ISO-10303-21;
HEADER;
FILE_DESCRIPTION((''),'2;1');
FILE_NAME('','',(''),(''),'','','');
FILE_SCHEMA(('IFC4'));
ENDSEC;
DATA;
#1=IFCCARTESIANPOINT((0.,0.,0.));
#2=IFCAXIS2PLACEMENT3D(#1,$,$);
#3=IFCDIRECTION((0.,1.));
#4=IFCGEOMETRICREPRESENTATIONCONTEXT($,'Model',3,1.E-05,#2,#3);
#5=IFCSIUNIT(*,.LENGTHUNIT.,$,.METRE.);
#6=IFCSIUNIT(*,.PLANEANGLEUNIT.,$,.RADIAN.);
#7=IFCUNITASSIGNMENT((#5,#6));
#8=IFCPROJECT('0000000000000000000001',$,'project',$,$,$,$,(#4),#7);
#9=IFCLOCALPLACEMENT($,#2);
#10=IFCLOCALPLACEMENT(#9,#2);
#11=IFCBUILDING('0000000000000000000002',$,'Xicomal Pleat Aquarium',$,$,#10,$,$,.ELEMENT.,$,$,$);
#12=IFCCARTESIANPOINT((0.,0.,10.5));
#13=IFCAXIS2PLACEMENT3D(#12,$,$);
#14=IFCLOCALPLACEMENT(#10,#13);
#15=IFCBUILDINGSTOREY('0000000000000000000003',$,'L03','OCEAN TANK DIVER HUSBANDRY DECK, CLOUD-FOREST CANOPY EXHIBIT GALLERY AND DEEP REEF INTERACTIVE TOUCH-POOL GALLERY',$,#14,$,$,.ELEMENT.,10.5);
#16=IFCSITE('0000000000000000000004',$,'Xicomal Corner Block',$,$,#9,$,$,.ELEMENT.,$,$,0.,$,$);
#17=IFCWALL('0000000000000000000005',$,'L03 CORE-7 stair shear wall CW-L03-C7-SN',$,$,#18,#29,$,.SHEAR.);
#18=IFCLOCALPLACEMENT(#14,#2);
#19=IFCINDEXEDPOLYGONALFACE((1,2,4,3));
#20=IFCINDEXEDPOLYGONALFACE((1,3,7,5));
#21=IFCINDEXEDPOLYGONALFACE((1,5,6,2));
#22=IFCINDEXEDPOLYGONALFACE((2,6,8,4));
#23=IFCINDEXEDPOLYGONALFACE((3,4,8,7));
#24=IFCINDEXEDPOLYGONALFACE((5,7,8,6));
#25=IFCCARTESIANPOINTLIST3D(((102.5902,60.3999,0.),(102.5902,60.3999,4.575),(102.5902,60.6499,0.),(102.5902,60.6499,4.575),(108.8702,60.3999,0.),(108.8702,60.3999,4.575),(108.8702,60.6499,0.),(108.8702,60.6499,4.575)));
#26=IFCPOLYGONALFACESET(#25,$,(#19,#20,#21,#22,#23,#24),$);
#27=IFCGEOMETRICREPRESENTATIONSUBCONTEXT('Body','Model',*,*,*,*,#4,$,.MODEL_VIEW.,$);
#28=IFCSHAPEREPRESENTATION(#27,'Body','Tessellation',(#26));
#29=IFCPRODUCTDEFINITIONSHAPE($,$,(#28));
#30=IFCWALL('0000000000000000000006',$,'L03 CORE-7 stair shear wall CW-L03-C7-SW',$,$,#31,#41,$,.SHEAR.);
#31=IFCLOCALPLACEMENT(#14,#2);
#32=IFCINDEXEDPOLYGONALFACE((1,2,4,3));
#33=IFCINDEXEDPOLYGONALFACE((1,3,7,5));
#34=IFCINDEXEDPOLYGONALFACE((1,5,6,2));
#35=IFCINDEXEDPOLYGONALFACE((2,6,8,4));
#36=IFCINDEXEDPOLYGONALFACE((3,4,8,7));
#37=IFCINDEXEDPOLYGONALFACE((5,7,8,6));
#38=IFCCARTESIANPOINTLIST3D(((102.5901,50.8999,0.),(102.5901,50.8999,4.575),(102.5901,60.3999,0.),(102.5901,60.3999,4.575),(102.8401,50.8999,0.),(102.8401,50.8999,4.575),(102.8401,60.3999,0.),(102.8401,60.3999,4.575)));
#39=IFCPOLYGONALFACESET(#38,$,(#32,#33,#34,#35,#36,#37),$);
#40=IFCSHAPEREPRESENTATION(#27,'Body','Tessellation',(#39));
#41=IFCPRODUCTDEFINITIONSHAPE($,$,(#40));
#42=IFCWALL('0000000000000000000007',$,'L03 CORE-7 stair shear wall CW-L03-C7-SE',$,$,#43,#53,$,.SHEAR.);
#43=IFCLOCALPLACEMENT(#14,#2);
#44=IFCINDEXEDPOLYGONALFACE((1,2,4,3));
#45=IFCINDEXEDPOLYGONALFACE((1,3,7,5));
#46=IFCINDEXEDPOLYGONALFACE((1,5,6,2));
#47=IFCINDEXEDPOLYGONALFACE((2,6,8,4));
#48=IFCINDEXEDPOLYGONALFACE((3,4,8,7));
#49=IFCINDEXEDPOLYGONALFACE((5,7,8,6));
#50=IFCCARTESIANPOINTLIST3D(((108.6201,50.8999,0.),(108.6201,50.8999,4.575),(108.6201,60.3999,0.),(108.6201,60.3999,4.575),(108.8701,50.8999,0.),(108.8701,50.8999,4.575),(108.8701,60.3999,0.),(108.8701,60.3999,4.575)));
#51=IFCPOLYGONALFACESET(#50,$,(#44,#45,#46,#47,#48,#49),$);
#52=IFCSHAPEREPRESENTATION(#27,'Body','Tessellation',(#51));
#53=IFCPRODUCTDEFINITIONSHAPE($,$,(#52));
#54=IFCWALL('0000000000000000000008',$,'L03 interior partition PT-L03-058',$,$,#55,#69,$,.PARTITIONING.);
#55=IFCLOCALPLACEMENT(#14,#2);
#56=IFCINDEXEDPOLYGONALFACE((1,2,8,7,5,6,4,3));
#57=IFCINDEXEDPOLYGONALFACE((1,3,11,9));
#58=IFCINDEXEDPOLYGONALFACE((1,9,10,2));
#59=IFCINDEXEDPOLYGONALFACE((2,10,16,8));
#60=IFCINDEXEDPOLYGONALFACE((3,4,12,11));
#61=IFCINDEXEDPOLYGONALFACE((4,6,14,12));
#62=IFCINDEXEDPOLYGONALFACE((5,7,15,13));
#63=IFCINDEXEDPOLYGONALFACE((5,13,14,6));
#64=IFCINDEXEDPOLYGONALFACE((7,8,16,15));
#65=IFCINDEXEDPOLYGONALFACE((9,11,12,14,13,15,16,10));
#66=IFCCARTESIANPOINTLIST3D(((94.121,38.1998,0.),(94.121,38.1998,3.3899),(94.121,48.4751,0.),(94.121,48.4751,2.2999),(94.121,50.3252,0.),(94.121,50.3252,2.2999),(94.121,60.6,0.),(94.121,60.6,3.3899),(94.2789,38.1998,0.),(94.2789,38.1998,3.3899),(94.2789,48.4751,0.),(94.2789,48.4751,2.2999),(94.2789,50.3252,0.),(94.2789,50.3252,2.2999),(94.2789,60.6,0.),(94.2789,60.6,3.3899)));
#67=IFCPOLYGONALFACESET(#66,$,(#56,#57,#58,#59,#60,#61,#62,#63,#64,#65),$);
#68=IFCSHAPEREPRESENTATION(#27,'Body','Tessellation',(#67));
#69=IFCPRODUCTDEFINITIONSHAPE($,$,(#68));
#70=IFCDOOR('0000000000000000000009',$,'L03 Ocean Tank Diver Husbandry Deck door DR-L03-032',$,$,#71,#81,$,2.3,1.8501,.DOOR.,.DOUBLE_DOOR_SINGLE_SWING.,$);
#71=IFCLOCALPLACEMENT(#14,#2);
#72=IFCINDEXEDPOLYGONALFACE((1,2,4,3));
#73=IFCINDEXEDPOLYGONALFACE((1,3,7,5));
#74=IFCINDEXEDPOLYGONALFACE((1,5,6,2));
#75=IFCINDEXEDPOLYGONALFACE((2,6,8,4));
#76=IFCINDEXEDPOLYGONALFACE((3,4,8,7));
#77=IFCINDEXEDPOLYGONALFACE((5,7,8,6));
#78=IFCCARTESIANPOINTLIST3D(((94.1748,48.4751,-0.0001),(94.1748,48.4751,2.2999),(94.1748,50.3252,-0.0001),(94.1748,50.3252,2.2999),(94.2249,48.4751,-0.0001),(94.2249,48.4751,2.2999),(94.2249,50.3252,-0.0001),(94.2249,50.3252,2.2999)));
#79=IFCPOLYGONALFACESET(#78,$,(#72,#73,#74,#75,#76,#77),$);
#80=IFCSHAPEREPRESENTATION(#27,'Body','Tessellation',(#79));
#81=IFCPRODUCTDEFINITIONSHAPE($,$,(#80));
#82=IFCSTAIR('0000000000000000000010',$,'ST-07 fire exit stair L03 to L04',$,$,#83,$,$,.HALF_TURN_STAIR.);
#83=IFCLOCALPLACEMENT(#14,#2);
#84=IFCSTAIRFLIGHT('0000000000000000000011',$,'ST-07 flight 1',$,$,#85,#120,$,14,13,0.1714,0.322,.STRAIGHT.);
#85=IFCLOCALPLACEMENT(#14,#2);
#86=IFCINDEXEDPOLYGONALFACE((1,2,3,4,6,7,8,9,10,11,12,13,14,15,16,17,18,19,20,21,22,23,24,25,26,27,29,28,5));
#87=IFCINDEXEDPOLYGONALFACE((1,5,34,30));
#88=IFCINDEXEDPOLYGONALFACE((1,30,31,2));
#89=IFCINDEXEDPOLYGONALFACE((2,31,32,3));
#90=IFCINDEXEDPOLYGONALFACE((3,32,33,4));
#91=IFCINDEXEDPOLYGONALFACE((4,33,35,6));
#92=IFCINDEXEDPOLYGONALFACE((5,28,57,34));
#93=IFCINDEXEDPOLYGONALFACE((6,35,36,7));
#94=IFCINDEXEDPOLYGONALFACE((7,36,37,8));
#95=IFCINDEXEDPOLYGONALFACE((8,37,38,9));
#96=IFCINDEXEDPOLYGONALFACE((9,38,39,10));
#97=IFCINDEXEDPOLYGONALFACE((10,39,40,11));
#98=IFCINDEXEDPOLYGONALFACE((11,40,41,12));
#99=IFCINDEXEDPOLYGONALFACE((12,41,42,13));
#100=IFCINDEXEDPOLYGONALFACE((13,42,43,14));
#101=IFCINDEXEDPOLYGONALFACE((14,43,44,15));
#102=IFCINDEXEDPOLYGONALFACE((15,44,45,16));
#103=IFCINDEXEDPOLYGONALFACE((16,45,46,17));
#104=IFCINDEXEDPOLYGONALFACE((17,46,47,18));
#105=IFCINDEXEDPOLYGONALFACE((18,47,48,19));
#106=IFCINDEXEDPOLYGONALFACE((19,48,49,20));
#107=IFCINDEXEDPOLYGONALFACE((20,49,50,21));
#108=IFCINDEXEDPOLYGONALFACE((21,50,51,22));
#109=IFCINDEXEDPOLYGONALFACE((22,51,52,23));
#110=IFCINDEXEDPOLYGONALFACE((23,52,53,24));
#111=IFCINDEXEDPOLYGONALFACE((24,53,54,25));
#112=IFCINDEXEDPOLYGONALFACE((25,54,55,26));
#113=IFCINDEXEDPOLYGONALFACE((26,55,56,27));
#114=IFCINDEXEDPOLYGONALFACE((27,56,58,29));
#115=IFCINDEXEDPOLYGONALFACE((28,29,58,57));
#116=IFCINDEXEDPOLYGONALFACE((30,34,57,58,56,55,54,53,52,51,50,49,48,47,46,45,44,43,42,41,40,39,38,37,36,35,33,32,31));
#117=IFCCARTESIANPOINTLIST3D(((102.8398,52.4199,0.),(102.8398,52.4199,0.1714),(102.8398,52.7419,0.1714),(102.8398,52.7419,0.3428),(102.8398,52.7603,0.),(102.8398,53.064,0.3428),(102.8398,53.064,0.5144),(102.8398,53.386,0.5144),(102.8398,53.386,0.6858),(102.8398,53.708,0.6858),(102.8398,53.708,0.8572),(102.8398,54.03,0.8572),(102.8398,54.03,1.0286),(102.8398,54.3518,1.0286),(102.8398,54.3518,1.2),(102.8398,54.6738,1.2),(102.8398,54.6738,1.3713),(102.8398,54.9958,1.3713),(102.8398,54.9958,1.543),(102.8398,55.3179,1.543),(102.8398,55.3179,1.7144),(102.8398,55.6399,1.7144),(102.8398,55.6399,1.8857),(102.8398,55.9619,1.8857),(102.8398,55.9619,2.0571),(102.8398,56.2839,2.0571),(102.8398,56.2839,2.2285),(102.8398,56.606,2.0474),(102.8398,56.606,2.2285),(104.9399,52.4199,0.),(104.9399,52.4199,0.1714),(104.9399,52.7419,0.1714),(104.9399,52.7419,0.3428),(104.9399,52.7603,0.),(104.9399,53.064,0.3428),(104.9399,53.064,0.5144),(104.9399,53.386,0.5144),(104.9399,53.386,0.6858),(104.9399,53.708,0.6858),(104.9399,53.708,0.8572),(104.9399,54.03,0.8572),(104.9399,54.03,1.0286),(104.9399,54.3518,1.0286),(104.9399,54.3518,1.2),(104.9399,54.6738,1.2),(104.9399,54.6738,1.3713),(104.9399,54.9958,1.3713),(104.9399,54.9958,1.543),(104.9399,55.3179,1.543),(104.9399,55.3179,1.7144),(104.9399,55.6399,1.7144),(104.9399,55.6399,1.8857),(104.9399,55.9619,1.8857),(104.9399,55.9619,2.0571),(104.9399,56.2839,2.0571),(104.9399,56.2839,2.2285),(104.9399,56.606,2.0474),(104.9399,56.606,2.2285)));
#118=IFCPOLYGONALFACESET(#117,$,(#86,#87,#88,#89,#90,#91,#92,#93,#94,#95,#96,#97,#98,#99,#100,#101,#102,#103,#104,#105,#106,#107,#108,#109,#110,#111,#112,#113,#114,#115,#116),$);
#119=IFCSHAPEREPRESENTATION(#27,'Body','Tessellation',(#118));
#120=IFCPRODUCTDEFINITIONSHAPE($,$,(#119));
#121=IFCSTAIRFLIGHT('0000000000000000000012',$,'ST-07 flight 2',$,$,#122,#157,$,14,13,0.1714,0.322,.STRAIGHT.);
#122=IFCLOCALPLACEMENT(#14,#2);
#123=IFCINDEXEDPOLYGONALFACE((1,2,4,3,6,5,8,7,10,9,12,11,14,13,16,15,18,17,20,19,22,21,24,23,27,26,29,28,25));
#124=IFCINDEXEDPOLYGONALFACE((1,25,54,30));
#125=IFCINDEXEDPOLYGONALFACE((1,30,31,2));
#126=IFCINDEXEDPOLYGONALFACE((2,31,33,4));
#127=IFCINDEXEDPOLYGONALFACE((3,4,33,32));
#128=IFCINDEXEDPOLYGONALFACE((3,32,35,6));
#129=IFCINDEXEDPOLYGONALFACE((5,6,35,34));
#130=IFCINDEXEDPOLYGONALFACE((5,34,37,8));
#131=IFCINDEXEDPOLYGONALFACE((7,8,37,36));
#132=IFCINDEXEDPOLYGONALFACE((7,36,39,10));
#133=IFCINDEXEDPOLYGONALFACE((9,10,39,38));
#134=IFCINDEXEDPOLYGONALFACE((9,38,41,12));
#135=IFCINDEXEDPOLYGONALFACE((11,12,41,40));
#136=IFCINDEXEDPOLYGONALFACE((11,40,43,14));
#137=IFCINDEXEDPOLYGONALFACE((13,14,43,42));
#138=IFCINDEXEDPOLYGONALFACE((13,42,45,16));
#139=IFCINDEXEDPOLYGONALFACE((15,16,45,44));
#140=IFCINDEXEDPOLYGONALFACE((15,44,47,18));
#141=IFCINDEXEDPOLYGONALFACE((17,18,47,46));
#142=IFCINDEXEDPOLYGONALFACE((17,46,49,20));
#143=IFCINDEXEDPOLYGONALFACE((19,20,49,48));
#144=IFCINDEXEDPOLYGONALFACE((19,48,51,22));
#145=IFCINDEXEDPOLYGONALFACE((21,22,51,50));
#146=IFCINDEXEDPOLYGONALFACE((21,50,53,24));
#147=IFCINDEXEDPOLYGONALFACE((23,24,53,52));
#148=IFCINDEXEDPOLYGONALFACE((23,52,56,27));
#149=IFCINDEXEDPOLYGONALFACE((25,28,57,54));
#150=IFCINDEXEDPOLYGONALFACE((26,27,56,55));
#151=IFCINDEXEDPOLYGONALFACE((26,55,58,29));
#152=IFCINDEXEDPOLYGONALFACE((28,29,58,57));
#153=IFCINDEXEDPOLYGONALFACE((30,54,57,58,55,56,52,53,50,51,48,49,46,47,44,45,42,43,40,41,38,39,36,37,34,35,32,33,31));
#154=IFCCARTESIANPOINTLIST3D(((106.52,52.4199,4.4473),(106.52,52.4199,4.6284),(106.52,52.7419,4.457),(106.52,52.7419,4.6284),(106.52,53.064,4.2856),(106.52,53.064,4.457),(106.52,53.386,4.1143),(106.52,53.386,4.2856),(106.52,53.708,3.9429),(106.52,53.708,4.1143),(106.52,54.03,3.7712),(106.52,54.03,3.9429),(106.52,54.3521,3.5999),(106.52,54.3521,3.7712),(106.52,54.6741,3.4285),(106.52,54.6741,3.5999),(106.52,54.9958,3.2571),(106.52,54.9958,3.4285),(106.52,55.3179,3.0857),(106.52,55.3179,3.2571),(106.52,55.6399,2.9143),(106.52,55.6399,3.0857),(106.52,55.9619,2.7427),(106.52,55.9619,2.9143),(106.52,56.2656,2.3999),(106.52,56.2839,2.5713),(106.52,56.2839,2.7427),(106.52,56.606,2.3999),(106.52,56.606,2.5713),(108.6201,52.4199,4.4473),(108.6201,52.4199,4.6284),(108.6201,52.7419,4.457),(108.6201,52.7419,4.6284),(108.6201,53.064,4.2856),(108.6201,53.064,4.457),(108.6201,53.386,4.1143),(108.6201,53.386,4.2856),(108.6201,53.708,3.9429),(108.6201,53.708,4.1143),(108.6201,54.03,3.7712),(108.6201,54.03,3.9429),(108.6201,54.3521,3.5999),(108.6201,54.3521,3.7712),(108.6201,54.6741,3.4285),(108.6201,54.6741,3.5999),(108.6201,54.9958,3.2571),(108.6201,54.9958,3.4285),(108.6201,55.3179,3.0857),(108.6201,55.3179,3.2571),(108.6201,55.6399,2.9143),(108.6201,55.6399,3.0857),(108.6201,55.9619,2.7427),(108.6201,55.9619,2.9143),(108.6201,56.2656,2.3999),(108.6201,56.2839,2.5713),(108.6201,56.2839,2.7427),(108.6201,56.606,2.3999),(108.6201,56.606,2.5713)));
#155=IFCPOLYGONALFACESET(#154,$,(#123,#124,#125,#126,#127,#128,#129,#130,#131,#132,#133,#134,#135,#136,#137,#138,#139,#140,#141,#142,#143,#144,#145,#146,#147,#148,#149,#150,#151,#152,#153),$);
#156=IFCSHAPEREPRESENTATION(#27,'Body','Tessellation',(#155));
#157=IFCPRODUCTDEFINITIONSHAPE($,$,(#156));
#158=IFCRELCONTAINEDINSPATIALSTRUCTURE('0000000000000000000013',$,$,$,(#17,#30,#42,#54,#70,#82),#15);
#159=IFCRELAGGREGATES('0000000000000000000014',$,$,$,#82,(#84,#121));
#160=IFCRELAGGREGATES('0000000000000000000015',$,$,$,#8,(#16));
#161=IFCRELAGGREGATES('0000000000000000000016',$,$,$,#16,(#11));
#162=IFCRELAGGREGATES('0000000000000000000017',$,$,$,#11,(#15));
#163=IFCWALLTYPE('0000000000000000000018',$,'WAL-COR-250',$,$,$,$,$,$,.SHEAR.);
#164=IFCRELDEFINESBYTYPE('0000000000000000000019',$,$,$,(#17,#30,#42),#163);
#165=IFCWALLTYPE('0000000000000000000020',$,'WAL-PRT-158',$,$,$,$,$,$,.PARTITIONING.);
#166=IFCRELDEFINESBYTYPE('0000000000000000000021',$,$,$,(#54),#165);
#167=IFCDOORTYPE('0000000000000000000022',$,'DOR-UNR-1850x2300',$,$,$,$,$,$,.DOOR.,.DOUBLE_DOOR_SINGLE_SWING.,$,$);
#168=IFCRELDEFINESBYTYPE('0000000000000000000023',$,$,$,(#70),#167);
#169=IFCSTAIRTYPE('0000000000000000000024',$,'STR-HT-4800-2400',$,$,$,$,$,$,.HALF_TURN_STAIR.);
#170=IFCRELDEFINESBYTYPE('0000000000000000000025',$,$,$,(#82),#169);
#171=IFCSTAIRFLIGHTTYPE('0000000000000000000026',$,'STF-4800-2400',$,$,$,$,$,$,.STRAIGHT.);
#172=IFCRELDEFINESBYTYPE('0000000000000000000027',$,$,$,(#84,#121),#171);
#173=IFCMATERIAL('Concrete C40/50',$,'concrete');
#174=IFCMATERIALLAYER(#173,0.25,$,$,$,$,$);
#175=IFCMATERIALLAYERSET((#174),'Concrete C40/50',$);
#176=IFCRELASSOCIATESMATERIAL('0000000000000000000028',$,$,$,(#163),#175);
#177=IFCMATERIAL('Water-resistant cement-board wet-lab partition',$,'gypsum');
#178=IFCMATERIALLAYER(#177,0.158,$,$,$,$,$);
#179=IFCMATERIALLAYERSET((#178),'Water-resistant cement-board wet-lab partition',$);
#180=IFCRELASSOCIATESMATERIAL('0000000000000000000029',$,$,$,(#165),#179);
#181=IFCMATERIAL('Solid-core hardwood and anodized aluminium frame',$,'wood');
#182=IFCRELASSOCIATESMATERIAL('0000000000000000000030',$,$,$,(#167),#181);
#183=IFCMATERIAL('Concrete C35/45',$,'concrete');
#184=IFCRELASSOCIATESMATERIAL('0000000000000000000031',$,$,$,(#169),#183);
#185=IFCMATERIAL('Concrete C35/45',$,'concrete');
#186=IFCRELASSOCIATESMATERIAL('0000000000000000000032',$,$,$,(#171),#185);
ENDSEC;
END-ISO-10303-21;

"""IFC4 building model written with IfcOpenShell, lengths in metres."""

from ifc_helpers import new_model, si_unit, direction, frame, frame_2d, origin, place, context, subcontext, project, spatial, polyline, rectangle, outline, extrude, material, layer, layer_set, type_object, element, fill, aggregate, save


model = new_model("IFC4")

# Units and contexts
model_context = context("Model", 3, precision=1e-05, world=origin(), true_north=direction((0.0, 1.0)))
body_context = subcontext(model_context, "Body", "Model", "MODEL_VIEW")
ifc_project = project(units=[si_unit("LENGTHUNIT", "METRE"), si_unit("PLANEANGLEUNIT", "RADIAN")], contexts=[model_context])

# Site, building, storey
site_placement = place(None, origin())
site = spatial("IfcSite", under=ifc_project, at=site_placement, Name="Xicomal Corner Block", CompositionType="ELEMENT", RefElevation=0.0)
building_placement = place(site_placement, origin())
building = spatial("IfcBuilding", under=site, at=building_placement, Name="Xicomal Pleat Aquarium", CompositionType="ELEMENT")
storey_placement = place(building_placement, frame((0.0, 0.0, 10.5)))
storey = spatial("IfcBuildingStorey", under=building, at=storey_placement, Name="L03", Description="OCEAN TANK DIVER HUSBANDRY DECK, CLOUD-FOREST CANOPY EXHIBIT GALLERY AND DEEP REEF INTERACTIVE TOUCH-POOL GALLERY", CompositionType="ELEMENT", Elevation=10.5)

# Walls
ifc_material_1 = material(Name="Concrete C40/50", Category="concrete")
ifc_layer_1 = layer(ifc_material_1, 0.25)
ifc_layer_set_1 = layer_set([ifc_layer_1], Name="Concrete C40/50")
wall_type_1 = type_object("IfcWallType", Name="WAL-COR-250", PredefinedType="SHEAR", material=ifc_layer_set_1)
wall_1_placement = place(storey_placement, frame((102.5901, 60.5249, 0.0), z_axis=(0.0, 0.0, 1.0), x_axis=(1.0, 0.0, 0.0)))
element("IfcWall", 1, at=wall_1_placement, inside=storey, type_object=wall_type_1, Name="L03 CORE-7 stair shear wall CW-L03-C7-SN", PredefinedType="SHEAR", context=body_context, shape_type="SweptSolid", body=[
    extrude(rectangle(XDim=6.28, YDim=0.25, at=frame_2d((3.1401, 0.0))), origin(), (0.0, 0.0, 1.0), 4.575),
])
for number, where, z_axis, x_axis, name in (
    (2, (102.7151, 50.8999, 0.0), (0.0, 0.0, 1.0), (0.0, 1.0, 0.0), "L03 CORE-7 stair shear wall CW-L03-C7-SW"),
    (3, (108.7451, 50.8999, 0.0), (0.0, 0.0, 1.0), (0.0, 1.0, 0.0), "L03 CORE-7 stair shear wall CW-L03-C7-SE"),
):
    element("IfcWall", number, at=place(storey_placement, frame(where, z_axis=z_axis, x_axis=x_axis)), inside=storey, type_object=wall_type_1, Name=name, PredefinedType="SHEAR", context=body_context, shape_type="SweptSolid", body=[
        extrude(rectangle(XDim=9.5, YDim=0.25, at=frame_2d((4.75, 0.0))), origin(), (0.0, 0.0, 1.0), 4.575),
    ])

# Wall, opening, door
ifc_material_2 = material(Name="Water-resistant cement-board wet-lab partition", Category="gypsum")
ifc_layer_2 = layer(ifc_material_2, 0.158)
ifc_layer_set_2 = layer_set([ifc_layer_2], Name="Water-resistant cement-board wet-lab partition")
wall_type_2 = type_object("IfcWallType", Name="WAL-PRT-158", PredefinedType="PARTITIONING", material=ifc_layer_set_2)
wall_2_placement = place(storey_placement, frame((94.2, 60.6001, 0.0), z_axis=(0.0, 0.0, 1.0), x_axis=(0.0, -1.0, 0.0)))
wall_2 = element("IfcWall", 4, at=wall_2_placement, inside=storey, type_object=wall_type_2, Name="L03 interior partition PT-L03-058", PredefinedType="PARTITIONING", context=body_context, shape_type="SweptSolid", body=[
    extrude(rectangle(XDim=22.4001, YDim=0.158, at=frame_2d((11.2002, 0.0))), origin(), (0.0, 0.0, 1.0), 3.3899),
])
opening_1_placement = place(wall_2_placement, frame((10.2749, 0.0, 0.0)))
opening_1 = element("IfcOpeningElement", 5, at=opening_1_placement, cuts=wall_2, PredefinedType="OPENING", context=body_context, shape_type="SweptSolid", body=[
    extrude(rectangle(XDim=1.8501, YDim=2.3, at=frame_2d((0.925, 1.1499))), frame((0.0, 0.0889, 0.0), z_axis=(0.0, -1.0, 0.0), x_axis=(1.0, 0.0, 0.0)), (0.0, 0.0, 1.0), 0.178),
])
ifc_material_3 = material(Name="Solid-core hardwood and anodized aluminium frame", Category="wood")
door_type_1 = type_object("IfcDoorType", Name="DOR-UNR-1850x2300", OperationType="DOUBLE_DOOR_SINGLE_SWING", PredefinedType="DOOR", material=ifc_material_3)
door_1_placement = place(opening_1_placement, origin())
door_1 = element("IfcDoor", 6, at=door_1_placement, inside=storey, type_object=door_type_1, Name="L03 Ocean Tank Diver Husbandry Deck door DR-L03-032", OperationType="DOUBLE_DOOR_SINGLE_SWING", OverallHeight=2.3, OverallWidth=1.8501, PredefinedType="DOOR", context=body_context, shape_type="SweptSolid", body=[
    extrude(rectangle(XDim=1.8501, YDim=2.3, at=frame_2d((0.925, 1.1499))), frame((0.0, 0.0249, 0.0), z_axis=(0.0, -1.0, 0.0), x_axis=(1.0, 0.0, 0.0)), (0.0, 0.0, 1.0), 0.05),
])
fill(opening_1, door_1)

# Stair, stair flights
ifc_material_4 = material(Name="Concrete C35/45", Category="concrete")
stair_type = type_object("IfcStairType", Name="STR-HT-4800-2400", PredefinedType="HALF_TURN_STAIR", material=ifc_material_4)
stair_placement = place(storey_placement, origin())
stair = element("IfcStair", 7, at=stair_placement, inside=storey, type_object=stair_type, Name="ST-07 fire exit stair L03 to L04", PredefinedType="HALF_TURN_STAIR")
ifc_material_5 = material(Name="Concrete C35/45", Category="concrete")
stair_flight_type = type_object("IfcStairFlightType", Name="STF-4800-2400", PredefinedType="STRAIGHT", material=ifc_material_5)
stair_flight_1_placement = place(storey_placement, frame((103.8899, 52.4199, 0.0), z_axis=(0.0, 0.0, 1.0), x_axis=(0.0, 1.0, 0.0)))
stair_flight_1 = element("IfcStairFlight", 8, at=stair_flight_1_placement, type_object=stair_flight_type, Name="ST-07 flight 1", NumberOfRisers=14, NumberOfTreads=13, PredefinedType="STRAIGHT", RiserHeight=0.1714, TreadLength=0.322, context=body_context, shape_type="SweptSolid", body=[
    extrude(outline(polyline([(0.0, 0.0), (0.0, 0.1714), (0.322, 0.1714), (0.322, 0.3428), (0.644, 0.3428), (0.644, 0.5144), (0.9661, 0.5144), (0.9661, 0.6858), (1.2881, 0.6858), (1.2881, 0.8572), (1.6101, 0.8572), (1.6101, 1.0286), (1.9319, 1.0286), (1.9319, 1.2), (2.2539, 1.2), (2.2539, 1.3713), (2.5759, 1.3713), (2.5759, 1.543), (2.8979, 1.543), (2.8979, 1.7144), (3.22, 1.7144), (3.22, 1.8857), (3.542, 1.8857), (3.542, 2.0571), (3.864, 2.0571), (3.864, 2.2285), (4.186, 2.2285), (4.186, 2.3999), (4.186, 2.0474), (0.3403, 0.0), (0.0, 0.0)])), frame((0.0, 1.05, 0.0), z_axis=(0.0, -1.0, 0.0), x_axis=(1.0, 0.0, 0.0)), (0.0, 0.0, 1.0), 2.1001),
])
stair_flight_2_placement = place(storey_placement, frame((107.5701, 56.606, 2.3999), z_axis=(0.0, 0.0, 1.0), x_axis=(0.0, -1.0, 0.0)))
stair_flight_2 = element("IfcStairFlight", 9, at=stair_flight_2_placement, type_object=stair_flight_type, Name="ST-07 flight 2", NumberOfRisers=14, NumberOfTreads=13, PredefinedType="STRAIGHT", RiserHeight=0.1714, TreadLength=0.322, context=body_context, shape_type="SweptSolid", body=[
    extrude(outline(polyline([(0.0, 0.0), (0.0, 0.1714), (0.322, 0.1714), (0.322, 0.3428), (0.644, 0.3428), (0.644, 0.5144), (0.9661, 0.5144), (0.9661, 0.6858), (1.2881, 0.6858), (1.2881, 0.8572), (1.6101, 0.8572), (1.6101, 1.0286), (1.9319, 1.0286), (1.9319, 1.2), (2.2539, 1.2), (2.2539, 1.3713), (2.5759, 1.3713), (2.5759, 1.543), (2.8979, 1.543), (2.8979, 1.7144), (3.22, 1.7144), (3.22, 1.8857), (3.542, 1.8857), (3.542, 2.0571), (3.864, 2.0571), (3.864, 2.2285), (4.186, 2.2285), (4.186, 2.3999), (4.186, 2.0474), (0.3403, 0.0), (0.0, 0.0)])), frame((0.0, 1.05, 0.0), z_axis=(0.0, -1.0, 0.0), x_axis=(1.0, 0.0, 0.0)), (0.0, 0.0, 1.0), 2.1001),
])
aggregate(stair, [stair_flight_1, stair_flight_2])

save(model, "model.ifc")
